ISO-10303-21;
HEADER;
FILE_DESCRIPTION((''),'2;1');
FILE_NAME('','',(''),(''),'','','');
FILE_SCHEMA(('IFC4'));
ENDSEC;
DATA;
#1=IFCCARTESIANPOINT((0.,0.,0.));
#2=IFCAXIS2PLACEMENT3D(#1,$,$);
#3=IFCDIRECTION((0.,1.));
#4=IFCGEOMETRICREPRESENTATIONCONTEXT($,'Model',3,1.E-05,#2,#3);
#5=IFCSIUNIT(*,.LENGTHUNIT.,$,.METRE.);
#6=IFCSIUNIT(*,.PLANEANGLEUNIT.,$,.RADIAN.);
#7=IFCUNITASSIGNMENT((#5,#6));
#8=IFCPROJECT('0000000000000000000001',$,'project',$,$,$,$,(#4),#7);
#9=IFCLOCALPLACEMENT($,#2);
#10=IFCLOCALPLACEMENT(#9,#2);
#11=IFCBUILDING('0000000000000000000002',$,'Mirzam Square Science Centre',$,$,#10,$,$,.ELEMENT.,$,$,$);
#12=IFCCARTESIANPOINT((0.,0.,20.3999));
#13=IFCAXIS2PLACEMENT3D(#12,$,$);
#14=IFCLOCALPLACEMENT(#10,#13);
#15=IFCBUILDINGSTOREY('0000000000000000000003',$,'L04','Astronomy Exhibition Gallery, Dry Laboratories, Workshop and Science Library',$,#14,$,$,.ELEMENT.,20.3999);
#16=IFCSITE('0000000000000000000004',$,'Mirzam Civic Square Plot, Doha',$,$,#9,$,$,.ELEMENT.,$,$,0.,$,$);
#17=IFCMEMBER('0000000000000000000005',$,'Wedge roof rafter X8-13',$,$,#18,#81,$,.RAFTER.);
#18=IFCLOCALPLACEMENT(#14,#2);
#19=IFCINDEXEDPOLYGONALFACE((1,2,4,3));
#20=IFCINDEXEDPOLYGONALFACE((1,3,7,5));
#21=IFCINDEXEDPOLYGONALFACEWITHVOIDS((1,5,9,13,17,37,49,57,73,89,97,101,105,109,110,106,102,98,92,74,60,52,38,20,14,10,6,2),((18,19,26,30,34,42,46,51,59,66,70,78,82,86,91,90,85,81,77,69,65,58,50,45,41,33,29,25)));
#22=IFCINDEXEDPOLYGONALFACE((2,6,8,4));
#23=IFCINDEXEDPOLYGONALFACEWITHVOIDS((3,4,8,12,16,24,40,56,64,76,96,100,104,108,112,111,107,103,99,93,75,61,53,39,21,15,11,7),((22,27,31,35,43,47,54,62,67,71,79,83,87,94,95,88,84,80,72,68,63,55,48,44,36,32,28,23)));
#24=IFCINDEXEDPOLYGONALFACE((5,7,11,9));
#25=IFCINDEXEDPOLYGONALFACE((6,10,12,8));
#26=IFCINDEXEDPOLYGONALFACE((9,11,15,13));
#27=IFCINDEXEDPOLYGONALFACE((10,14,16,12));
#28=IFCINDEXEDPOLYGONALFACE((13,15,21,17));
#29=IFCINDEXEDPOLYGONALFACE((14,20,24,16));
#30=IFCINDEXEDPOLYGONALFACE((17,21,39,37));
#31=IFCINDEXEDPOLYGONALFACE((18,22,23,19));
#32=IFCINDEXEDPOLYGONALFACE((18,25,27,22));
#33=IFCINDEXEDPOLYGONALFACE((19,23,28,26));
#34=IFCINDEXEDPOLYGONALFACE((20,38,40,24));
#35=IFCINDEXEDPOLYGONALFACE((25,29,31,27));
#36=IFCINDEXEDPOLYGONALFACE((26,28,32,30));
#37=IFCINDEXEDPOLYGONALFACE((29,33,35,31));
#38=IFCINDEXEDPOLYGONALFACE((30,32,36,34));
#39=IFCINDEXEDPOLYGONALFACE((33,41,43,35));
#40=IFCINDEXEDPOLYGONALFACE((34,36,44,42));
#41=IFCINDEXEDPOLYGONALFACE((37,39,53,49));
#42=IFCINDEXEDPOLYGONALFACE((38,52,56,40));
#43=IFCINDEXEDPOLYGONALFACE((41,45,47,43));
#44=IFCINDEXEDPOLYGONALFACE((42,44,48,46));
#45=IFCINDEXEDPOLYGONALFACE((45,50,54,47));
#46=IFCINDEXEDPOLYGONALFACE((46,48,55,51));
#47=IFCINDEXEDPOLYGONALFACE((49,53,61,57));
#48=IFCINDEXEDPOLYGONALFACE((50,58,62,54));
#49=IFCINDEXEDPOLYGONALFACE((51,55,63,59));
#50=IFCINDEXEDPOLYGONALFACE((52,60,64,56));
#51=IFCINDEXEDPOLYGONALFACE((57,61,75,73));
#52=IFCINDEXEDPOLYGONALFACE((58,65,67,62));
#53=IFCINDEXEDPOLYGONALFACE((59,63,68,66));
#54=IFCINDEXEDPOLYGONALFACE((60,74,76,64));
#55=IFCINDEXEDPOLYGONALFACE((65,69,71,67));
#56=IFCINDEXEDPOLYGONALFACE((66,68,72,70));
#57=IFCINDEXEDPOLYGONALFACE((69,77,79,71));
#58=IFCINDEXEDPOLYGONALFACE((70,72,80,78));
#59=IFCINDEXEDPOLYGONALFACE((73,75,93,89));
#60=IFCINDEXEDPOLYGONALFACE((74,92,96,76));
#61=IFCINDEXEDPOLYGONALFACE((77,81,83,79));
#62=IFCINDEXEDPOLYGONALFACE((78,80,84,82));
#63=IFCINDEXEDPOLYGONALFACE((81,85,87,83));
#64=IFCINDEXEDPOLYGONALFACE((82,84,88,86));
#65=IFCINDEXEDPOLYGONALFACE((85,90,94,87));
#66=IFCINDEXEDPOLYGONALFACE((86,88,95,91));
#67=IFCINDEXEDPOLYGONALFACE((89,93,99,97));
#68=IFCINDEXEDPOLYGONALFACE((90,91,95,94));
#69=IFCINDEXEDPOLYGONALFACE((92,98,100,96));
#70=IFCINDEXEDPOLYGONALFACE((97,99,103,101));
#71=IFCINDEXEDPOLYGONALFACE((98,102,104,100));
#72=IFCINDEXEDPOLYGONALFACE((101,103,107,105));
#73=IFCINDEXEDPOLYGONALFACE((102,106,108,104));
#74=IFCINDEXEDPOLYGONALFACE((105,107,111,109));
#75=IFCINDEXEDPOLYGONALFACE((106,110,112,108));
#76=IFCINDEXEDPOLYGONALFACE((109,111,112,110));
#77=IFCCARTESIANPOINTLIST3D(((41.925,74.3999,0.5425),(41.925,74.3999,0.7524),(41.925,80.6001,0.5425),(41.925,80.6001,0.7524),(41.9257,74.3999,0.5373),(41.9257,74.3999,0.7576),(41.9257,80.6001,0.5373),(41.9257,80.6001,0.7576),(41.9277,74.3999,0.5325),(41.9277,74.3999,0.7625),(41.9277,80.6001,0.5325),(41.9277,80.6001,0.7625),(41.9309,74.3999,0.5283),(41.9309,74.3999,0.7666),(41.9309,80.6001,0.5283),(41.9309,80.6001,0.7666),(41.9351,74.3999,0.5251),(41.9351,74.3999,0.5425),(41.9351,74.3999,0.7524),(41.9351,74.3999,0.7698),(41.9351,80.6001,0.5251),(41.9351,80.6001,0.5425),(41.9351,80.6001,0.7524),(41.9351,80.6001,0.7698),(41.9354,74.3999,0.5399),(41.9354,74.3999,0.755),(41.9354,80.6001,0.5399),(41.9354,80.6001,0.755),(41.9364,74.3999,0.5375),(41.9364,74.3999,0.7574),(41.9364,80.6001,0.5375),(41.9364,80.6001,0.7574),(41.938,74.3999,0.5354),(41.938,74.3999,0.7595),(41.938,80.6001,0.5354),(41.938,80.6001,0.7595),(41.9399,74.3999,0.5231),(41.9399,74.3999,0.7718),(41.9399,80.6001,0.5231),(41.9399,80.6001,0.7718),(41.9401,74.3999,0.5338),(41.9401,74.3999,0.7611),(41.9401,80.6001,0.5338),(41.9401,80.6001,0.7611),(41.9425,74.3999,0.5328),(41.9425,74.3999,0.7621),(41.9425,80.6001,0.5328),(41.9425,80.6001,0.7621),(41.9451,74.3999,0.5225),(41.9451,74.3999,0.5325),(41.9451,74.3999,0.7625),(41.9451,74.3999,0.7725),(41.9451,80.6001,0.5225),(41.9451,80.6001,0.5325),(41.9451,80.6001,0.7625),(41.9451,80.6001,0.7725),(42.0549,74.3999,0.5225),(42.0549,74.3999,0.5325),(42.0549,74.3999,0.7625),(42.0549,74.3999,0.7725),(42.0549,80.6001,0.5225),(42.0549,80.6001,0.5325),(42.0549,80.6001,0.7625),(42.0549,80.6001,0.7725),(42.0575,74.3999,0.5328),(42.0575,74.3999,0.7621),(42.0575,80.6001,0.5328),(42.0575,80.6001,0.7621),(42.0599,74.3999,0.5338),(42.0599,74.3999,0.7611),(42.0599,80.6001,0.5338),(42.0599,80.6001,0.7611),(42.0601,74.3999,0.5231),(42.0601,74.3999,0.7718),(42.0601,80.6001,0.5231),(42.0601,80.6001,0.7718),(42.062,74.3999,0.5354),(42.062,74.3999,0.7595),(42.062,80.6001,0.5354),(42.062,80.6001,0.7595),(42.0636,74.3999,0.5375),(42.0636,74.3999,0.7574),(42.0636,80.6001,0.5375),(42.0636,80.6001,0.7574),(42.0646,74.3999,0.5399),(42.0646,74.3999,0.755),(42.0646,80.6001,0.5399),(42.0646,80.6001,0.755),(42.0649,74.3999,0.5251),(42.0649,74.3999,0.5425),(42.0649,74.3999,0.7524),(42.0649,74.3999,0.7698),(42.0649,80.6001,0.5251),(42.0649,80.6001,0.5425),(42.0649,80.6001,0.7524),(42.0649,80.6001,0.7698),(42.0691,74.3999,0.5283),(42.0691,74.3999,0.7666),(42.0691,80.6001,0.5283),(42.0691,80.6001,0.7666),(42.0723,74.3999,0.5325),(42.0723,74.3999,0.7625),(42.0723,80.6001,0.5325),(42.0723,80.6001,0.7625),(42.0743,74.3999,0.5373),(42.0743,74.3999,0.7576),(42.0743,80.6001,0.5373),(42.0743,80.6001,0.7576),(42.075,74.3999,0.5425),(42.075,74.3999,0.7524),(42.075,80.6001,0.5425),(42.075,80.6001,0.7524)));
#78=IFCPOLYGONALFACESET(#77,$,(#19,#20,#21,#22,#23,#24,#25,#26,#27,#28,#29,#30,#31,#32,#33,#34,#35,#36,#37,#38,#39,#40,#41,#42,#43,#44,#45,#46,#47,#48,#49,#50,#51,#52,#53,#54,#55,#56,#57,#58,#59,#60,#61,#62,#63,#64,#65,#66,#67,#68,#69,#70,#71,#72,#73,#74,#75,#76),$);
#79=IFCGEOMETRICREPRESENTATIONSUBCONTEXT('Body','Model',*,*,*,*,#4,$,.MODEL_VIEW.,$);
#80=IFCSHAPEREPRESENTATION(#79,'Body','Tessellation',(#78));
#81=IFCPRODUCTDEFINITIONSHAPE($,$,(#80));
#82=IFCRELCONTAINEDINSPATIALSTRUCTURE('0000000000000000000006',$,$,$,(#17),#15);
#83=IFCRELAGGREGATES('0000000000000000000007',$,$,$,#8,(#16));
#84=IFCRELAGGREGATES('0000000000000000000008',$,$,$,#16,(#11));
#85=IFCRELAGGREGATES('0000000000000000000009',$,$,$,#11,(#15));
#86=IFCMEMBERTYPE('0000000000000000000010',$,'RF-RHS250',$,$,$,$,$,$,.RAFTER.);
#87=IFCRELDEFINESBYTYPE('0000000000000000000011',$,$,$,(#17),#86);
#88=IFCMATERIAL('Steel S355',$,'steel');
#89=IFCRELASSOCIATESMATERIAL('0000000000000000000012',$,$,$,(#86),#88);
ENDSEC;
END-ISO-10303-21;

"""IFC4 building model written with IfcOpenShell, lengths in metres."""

from ifc_helpers import new_model, si_unit, direction, frame, origin, origin_2d, place, context, subcontext, project, spatial, hollow_rectangle, extrude, material, material_profile, profile_set, type_object, element, save


model = new_model("IFC4")

# Units and contexts
model_context = context("Model", 3, precision=1e-05, world=origin(), true_north=direction((0.0, 1.0)))
body_context = subcontext(model_context, "Body", "Model", "MODEL_VIEW")
ifc_project = project(units=[si_unit("LENGTHUNIT", "METRE"), si_unit("PLANEANGLEUNIT", "RADIAN")], contexts=[model_context])

# Site, building, storey
site_placement = place(None, origin())
site = spatial("IfcSite", under=ifc_project, at=site_placement, Name="Mirzam Civic Square Plot, Doha", CompositionType="ELEMENT", RefElevation=0.0)
building_placement = place(site_placement, origin())
building = spatial("IfcBuilding", under=site, at=building_placement, Name="Mirzam Square Science Centre", CompositionType="ELEMENT")
storey_placement = place(building_placement, frame((0.0, 0.0, 20.3999)))
storey = spatial("IfcBuildingStorey", under=building, at=storey_placement, Name="L04", Description="Astronomy Exhibition Gallery, Dry Laboratories, Workshop and Science Library", CompositionType="ELEMENT", Elevation=20.3999)

# Member
ifc_material = material(Name="Steel S355", Category="steel")
ifc_material_profile_1 = material_profile(ifc_material, hollow_rectangle(XDim=0.1499, YDim=0.25, WallThickness=0.01, InnerFilletRadius=0.01, OuterFilletRadius=0.02, at=origin_2d()), Name="250x150x10.0RHS")
ifc_profile_set_1 = profile_set([ifc_material_profile_1], Name="Steel S355")
member_type_1 = type_object("IfcMemberType", Name="RF-RHS250", PredefinedType="RAFTER", material=ifc_profile_set_1)
member_1_placement = place(storey_placement, frame((42.0, 74.3999, 0.6475), z_axis=(0.0, 1.0, 0.0), x_axis=(-1.0, 0.0, 0.0)))
element("IfcMember", 1, at=member_1_placement, inside=storey, type_object=member_type_1, Name="Wedge roof rafter X8-13", PredefinedType="RAFTER", context=body_context, shape_type="SweptSolid", body=[
    extrude(hollow_rectangle(XDim=0.1499, YDim=0.25, WallThickness=0.01, InnerFilletRadius=0.01, OuterFilletRadius=0.02, at=origin_2d()), origin(), (0.0, 0.0, 1.0), 6.2002),
])

save(model, "model.ifc")
